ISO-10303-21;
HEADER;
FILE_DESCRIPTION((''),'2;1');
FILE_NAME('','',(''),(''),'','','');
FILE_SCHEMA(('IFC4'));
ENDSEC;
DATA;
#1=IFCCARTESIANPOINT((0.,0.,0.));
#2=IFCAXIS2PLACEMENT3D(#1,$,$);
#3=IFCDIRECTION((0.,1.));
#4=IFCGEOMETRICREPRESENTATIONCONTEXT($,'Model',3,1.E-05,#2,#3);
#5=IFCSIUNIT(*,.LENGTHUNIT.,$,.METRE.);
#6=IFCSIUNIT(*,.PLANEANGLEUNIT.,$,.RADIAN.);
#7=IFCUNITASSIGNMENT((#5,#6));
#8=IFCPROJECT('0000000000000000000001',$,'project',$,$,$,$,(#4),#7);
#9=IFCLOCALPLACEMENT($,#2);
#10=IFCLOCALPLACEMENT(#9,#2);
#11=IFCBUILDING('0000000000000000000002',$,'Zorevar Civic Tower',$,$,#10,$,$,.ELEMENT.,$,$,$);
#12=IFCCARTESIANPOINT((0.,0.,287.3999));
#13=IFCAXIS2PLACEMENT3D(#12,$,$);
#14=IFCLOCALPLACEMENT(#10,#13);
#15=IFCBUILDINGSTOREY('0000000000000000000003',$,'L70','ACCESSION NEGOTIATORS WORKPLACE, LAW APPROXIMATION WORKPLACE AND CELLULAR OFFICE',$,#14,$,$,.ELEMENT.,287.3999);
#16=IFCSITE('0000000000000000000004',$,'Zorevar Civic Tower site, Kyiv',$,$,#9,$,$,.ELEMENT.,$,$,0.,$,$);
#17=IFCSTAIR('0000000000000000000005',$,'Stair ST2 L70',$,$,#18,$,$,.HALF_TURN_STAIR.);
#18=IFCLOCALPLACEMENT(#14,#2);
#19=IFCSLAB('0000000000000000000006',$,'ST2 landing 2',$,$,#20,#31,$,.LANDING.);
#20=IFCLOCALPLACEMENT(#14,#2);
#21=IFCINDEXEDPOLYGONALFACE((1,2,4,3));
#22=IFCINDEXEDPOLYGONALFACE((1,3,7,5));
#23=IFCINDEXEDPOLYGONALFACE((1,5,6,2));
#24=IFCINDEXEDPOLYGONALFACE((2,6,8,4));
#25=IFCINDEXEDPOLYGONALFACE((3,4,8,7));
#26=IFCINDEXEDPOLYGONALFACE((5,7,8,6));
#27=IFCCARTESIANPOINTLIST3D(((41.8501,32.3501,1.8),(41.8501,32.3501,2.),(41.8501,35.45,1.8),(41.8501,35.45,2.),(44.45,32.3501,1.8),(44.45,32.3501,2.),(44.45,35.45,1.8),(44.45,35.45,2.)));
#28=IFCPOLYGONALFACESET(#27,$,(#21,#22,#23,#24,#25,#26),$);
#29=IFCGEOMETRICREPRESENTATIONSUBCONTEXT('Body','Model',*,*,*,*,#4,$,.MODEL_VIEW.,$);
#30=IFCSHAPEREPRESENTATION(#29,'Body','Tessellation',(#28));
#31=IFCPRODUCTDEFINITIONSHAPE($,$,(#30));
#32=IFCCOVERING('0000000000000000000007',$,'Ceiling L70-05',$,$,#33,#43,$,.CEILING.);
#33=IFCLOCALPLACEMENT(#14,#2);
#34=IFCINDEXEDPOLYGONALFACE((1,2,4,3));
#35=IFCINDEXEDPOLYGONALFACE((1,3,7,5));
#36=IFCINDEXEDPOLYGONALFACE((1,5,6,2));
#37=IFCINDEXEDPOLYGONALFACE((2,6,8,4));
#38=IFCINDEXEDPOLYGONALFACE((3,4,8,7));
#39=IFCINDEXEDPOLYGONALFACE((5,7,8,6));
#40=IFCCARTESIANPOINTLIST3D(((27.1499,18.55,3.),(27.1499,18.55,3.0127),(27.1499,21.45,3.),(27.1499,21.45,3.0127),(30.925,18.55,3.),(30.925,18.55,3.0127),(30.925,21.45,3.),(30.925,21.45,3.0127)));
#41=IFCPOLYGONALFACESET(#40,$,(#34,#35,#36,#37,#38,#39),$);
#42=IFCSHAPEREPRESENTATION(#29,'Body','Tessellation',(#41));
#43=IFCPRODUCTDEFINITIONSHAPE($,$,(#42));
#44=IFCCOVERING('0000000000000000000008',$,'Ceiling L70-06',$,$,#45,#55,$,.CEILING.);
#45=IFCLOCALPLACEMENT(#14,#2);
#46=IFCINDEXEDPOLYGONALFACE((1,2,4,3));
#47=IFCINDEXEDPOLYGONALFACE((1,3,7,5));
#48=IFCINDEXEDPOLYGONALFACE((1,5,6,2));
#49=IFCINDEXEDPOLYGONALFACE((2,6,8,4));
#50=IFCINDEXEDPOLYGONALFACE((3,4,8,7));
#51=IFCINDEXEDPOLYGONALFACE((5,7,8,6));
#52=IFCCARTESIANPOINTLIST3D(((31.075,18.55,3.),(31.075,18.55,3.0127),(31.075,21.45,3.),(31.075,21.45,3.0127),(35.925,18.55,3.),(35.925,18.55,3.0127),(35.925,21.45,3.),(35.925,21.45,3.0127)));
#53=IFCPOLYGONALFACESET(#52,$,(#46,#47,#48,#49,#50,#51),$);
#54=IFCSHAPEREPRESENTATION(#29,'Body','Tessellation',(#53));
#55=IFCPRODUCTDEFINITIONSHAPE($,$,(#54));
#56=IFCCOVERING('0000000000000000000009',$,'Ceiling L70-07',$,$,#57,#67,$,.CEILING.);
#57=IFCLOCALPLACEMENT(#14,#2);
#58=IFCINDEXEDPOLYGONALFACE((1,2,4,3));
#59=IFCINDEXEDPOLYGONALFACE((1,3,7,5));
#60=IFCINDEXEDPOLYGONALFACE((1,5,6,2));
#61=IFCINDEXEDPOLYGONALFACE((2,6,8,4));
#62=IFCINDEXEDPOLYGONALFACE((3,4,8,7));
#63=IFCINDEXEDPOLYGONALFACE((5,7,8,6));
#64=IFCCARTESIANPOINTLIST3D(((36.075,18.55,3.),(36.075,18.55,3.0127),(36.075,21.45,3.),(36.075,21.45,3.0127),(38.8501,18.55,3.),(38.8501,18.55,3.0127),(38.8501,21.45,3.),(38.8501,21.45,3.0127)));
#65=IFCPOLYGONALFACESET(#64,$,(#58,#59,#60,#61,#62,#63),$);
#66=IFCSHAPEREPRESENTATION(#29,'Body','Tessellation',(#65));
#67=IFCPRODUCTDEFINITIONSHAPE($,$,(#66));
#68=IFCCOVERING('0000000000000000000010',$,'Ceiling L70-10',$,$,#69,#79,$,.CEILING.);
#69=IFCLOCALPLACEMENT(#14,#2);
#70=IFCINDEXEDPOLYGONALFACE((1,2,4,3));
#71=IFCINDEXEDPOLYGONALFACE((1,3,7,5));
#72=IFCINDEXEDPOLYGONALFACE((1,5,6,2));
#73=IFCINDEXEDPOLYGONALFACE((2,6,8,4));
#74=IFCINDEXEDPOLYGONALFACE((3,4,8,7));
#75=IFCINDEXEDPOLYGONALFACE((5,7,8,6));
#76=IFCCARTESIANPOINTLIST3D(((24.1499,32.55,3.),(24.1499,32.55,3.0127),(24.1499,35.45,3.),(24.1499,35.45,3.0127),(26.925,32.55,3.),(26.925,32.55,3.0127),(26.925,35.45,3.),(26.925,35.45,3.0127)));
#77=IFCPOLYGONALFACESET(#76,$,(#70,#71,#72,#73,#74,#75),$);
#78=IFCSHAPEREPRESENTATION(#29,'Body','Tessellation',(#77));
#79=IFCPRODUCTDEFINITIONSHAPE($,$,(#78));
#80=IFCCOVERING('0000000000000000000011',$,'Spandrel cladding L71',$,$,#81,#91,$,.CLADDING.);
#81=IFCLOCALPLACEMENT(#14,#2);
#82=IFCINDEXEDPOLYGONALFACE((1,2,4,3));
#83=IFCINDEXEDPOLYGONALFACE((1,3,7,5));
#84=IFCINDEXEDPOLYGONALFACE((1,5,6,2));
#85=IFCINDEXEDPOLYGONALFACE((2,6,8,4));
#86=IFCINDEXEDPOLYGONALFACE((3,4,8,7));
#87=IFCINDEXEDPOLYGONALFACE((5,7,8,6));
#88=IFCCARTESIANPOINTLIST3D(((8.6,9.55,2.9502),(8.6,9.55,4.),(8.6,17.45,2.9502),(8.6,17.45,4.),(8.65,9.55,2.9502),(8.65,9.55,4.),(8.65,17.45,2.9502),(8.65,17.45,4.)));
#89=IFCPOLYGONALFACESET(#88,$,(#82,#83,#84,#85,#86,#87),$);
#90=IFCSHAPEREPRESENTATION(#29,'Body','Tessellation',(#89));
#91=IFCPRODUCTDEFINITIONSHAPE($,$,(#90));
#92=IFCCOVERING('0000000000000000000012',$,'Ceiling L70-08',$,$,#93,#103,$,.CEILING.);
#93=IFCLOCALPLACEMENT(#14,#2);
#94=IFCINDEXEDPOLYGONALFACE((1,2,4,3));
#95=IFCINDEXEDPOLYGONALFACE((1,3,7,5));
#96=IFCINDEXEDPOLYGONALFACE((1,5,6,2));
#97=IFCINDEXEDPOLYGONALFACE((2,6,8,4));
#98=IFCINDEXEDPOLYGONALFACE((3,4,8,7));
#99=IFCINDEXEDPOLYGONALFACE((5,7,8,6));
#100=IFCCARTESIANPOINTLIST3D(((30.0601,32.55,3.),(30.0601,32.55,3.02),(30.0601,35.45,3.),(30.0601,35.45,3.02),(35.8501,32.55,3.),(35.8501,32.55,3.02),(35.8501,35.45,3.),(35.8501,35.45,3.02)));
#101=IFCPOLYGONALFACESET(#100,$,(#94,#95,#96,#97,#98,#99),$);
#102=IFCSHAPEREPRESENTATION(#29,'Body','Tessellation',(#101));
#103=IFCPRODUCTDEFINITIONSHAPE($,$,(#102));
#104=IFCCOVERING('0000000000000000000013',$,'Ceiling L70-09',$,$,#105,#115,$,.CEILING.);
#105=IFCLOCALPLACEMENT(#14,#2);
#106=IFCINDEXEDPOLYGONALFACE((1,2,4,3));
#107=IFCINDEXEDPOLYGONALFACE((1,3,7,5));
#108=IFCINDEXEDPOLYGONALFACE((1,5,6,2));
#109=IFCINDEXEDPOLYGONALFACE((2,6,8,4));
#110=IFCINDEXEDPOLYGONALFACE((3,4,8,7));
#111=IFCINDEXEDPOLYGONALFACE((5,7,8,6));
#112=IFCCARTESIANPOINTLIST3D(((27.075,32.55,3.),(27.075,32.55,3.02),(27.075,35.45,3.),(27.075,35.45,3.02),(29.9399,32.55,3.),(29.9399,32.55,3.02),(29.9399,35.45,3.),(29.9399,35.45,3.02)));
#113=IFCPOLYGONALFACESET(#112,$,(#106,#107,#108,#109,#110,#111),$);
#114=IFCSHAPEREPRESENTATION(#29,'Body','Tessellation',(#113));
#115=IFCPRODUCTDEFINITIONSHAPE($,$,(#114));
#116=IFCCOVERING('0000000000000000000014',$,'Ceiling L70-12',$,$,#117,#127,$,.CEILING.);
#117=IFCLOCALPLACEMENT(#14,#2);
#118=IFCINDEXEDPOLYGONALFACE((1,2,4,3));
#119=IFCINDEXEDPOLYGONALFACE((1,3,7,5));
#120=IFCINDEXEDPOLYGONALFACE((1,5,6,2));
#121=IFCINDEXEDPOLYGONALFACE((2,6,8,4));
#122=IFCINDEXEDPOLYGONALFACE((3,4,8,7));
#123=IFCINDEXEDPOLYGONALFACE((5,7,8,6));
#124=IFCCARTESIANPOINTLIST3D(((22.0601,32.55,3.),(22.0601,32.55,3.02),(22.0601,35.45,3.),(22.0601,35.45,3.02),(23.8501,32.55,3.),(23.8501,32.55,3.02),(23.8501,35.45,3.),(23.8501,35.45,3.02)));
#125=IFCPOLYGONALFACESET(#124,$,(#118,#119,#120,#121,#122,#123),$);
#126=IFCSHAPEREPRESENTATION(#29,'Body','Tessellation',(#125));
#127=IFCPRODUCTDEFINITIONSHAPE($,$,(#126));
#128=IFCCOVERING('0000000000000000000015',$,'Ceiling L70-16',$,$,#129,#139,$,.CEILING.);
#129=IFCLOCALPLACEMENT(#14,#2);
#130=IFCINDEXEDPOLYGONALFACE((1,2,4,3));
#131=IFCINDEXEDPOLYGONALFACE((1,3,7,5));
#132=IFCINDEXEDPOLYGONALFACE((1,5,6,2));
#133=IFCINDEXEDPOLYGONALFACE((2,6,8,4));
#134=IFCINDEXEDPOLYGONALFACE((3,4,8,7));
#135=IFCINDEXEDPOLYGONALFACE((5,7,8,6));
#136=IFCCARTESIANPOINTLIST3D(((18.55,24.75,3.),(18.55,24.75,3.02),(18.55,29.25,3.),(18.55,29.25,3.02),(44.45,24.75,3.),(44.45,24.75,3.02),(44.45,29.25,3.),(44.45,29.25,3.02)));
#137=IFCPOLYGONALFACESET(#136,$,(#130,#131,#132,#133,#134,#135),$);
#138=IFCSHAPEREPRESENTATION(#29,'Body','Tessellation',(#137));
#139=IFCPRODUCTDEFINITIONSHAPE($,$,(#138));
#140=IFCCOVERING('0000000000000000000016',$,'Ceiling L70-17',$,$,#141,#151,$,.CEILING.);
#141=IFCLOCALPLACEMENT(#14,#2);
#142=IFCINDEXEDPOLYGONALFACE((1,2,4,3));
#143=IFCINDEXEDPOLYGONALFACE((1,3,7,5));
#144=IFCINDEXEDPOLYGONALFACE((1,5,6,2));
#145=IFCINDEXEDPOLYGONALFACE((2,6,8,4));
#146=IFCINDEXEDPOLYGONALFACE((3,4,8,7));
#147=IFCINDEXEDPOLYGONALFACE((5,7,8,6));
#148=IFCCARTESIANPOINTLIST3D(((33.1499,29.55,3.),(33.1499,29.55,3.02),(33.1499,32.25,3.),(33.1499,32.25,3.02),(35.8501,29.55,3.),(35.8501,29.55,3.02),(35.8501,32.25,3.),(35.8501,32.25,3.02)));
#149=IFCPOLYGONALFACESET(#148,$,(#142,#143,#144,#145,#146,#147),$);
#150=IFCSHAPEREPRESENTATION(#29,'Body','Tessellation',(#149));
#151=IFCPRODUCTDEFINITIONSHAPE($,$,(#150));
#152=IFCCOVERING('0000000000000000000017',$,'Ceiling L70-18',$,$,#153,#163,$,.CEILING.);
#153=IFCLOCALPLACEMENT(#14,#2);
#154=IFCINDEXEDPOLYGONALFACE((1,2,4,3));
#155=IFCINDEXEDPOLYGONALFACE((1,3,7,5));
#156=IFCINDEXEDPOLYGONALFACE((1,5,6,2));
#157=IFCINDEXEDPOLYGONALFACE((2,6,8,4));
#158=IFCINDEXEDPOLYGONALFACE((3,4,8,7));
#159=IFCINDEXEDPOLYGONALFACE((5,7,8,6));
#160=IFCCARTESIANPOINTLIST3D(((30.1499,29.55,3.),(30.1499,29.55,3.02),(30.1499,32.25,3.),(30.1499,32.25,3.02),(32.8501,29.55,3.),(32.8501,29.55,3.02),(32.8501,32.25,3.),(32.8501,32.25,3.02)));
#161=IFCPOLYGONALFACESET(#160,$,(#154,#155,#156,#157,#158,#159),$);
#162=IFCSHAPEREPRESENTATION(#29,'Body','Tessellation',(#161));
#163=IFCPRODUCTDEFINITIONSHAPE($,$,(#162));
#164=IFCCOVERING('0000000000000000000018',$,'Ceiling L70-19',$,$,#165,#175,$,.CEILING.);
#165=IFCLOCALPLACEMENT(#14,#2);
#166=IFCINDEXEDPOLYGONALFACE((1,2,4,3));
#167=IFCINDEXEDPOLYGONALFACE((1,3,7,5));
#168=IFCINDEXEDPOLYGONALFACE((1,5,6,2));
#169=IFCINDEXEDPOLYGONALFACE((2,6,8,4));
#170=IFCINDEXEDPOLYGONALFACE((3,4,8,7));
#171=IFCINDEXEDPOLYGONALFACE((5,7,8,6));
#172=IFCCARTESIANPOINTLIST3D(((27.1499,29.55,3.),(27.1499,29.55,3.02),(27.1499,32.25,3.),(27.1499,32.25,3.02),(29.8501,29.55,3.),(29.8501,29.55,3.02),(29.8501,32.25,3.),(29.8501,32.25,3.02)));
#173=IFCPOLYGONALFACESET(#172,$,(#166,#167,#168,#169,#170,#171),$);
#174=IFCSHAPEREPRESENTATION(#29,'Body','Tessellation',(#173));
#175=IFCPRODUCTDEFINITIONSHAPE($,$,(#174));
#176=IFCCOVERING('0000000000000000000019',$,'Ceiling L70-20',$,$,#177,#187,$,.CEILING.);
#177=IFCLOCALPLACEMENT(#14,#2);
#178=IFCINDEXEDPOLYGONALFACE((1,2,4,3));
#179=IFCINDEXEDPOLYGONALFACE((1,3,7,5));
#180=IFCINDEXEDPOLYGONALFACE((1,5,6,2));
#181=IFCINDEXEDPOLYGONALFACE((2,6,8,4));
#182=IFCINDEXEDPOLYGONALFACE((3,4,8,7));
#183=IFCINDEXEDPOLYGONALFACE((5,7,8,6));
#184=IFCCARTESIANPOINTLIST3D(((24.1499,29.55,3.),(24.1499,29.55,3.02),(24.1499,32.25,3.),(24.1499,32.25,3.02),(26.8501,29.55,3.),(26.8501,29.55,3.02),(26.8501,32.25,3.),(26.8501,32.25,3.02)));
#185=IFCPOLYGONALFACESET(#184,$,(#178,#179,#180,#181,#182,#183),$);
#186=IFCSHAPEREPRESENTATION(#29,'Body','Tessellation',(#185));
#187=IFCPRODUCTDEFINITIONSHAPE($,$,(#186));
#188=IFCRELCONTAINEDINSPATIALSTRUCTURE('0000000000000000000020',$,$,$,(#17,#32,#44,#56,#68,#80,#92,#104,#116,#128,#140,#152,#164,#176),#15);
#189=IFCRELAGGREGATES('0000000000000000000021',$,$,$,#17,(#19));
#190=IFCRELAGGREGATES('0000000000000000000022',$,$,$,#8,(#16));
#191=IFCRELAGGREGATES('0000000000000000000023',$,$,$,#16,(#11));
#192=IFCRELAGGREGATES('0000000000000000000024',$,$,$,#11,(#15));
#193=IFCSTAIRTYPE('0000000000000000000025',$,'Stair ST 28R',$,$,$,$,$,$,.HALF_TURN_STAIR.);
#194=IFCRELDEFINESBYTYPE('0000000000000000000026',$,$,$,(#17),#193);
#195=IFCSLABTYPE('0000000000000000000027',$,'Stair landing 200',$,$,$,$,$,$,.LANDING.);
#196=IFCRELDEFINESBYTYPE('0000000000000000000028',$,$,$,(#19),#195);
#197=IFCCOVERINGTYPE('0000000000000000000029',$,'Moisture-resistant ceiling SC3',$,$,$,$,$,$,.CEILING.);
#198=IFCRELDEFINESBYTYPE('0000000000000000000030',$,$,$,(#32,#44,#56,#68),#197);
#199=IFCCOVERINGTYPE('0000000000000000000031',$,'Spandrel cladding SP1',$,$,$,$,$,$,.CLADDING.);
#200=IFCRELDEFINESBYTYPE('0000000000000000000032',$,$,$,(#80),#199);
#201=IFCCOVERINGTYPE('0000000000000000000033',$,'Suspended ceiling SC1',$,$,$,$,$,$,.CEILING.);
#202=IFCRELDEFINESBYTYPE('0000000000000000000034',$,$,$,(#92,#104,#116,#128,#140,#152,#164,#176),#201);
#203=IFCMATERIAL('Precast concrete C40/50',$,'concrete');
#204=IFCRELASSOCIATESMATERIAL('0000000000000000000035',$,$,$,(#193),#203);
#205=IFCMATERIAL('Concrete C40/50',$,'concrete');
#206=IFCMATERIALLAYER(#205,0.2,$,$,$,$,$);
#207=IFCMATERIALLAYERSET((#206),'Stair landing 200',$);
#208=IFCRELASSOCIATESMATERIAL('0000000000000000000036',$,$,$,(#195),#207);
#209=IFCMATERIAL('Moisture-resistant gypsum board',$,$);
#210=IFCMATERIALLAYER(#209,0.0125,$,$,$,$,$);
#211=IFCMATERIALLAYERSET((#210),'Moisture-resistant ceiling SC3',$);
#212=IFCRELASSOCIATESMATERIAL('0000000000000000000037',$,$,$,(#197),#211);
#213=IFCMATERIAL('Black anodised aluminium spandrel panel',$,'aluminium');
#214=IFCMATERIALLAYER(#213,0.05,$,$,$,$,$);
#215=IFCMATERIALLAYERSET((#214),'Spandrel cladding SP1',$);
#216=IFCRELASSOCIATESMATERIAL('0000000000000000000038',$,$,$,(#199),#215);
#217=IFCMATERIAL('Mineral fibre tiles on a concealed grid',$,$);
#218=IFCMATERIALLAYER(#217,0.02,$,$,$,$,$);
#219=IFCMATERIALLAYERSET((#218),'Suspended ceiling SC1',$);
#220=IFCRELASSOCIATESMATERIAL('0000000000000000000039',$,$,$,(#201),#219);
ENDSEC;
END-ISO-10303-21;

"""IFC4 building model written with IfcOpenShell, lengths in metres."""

from ifc_helpers import new_model, si_unit, direction, frame, frame_2d, origin, place, context, subcontext, project, spatial, polyline, rectangle, outline, extrude, material, layer, layer_set, type_object, element, aggregate, save


model = new_model("IFC4")

# Units and contexts
model_context = context("Model", 3, precision=1e-05, world=origin(), true_north=direction((0.0, 1.0)))
body_context = subcontext(model_context, "Body", "Model", "MODEL_VIEW")
ifc_project = project(units=[si_unit("LENGTHUNIT", "METRE"), si_unit("PLANEANGLEUNIT", "RADIAN")], contexts=[model_context])

# Site, building, storey
site_placement = place(None, origin())
site = spatial("IfcSite", under=ifc_project, at=site_placement, Name="Zorevar Civic Tower site, Kyiv", CompositionType="ELEMENT", RefElevation=0.0)
building_placement = place(site_placement, origin())
building = spatial("IfcBuilding", under=site, at=building_placement, Name="Zorevar Civic Tower", CompositionType="ELEMENT")
storey_placement = place(building_placement, frame((0.0, 0.0, 287.3999)))
storey = spatial("IfcBuildingStorey", under=building, at=storey_placement, Name="L70", Description="ACCESSION NEGOTIATORS WORKPLACE, LAW APPROXIMATION WORKPLACE AND CELLULAR OFFICE", CompositionType="ELEMENT", Elevation=287.3999)

# Stair, slab
ifc_material_1 = material(Name="Precast concrete C40/50", Category="concrete")
stair_type = type_object("IfcStairType", Name="Stair ST 28R", PredefinedType="HALF_TURN_STAIR", material=ifc_material_1)
ifc_material_2 = material(Name="Concrete C40/50", Category="concrete")
ifc_layer_1 = layer(ifc_material_2, 0.2)
ifc_layer_set_1 = layer_set([ifc_layer_1], Name="Stair landing 200")
slab_type_1 = type_object("IfcSlabType", Name="Stair landing 200", PredefinedType="LANDING", material=ifc_layer_set_1)
stair_1_placement = place(storey_placement, origin())
stair_1 = element("IfcStair", 1, at=stair_1_placement, inside=storey, type_object=stair_type, Name="Stair ST2 L70", PredefinedType="HALF_TURN_STAIR")
slab_1_placement = place(storey_placement, frame((0.0, 0.0, 1.8)))
slab_1 = element("IfcSlab", 2, at=slab_1_placement, type_object=slab_type_1, Name="ST2 landing 2", PredefinedType="LANDING", context=body_context, shape_type="SweptSolid", body=[
    extrude(outline(polyline([(44.45, 32.3501), (41.8501, 32.3501), (41.8501, 35.45), (44.45, 35.45), (44.45, 32.3501)])), origin(), (0.0, 0.0, 1.0), 0.2),
])
aggregate(stair_1, [slab_1])

# Coverings
ifc_material_3 = material(Name="Moisture-resistant gypsum board")
ifc_layer_2 = layer(ifc_material_3, 0.0125)
ifc_layer_set_2 = layer_set([ifc_layer_2], Name="Moisture-resistant ceiling SC3")
covering_type_1 = type_object("IfcCoveringType", Name="Moisture-resistant ceiling SC3", PredefinedType="CEILING", material=ifc_layer_set_2)
covering_1_placement = place(storey_placement, frame((0.0, 0.0, 3.0)))
element("IfcCovering", 3, at=covering_1_placement, inside=storey, type_object=covering_type_1, Name="Ceiling L70-05", PredefinedType="CEILING", context=body_context, shape_type="SweptSolid", body=[
    extrude(outline(polyline([(30.925, 18.55), (30.925, 21.45), (27.1499, 21.45), (27.1499, 18.55), (30.925, 18.55)])), origin(), (0.0, 0.0, 1.0), 0.0127),
])
covering_2_placement = place(storey_placement, frame((0.0, 0.0, 3.0)))
element("IfcCovering", 4, at=covering_2_placement, inside=storey, type_object=covering_type_1, Name="Ceiling L70-06", PredefinedType="CEILING", context=body_context, shape_type="SweptSolid", body=[
    extrude(outline(polyline([(35.925, 18.55), (35.925, 21.45), (31.075, 21.45), (31.075, 18.55), (35.925, 18.55)])), origin(), (0.0, 0.0, 1.0), 0.0127),
])
covering_3_placement = place(storey_placement, frame((0.0, 0.0, 3.0)))
element("IfcCovering", 5, at=covering_3_placement, inside=storey, type_object=covering_type_1, Name="Ceiling L70-07", PredefinedType="CEILING", context=body_context, shape_type="SweptSolid", body=[
    extrude(outline(polyline([(38.8501, 18.55), (38.8501, 21.45), (36.075, 21.45), (36.075, 18.55), (38.8501, 18.55)])), origin(), (0.0, 0.0, 1.0), 0.0127),
])
covering_4_placement = place(storey_placement, frame((0.0, 0.0, 3.0)))
element("IfcCovering", 6, at=covering_4_placement, inside=storey, type_object=covering_type_1, Name="Ceiling L70-10", PredefinedType="CEILING", context=body_context, shape_type="SweptSolid", body=[
    extrude(outline(polyline([(26.925, 32.55), (26.925, 35.45), (24.1499, 35.45), (24.1499, 32.55), (26.925, 32.55)])), origin(), (0.0, 0.0, 1.0), 0.0127),
])
ifc_material_4 = material(Name="Black anodised aluminium spandrel panel", Category="aluminium")
ifc_layer_3 = layer(ifc_material_4, 0.05)
ifc_layer_set_3 = layer_set([ifc_layer_3], Name="Spandrel cladding SP1")
covering_type_2 = type_object("IfcCoveringType", Name="Spandrel cladding SP1", PredefinedType="CLADDING", material=ifc_layer_set_3)
covering_5_placement = place(storey_placement, frame((8.625, 9.55, 2.9502), z_axis=(0.0, 0.0, 1.0), x_axis=(0.0, 1.0, 0.0)))
element("IfcCovering", 7, at=covering_5_placement, inside=storey, type_object=covering_type_2, Name="Spandrel cladding L71", PredefinedType="CLADDING", context=body_context, shape_type="SweptSolid", body=[
    extrude(rectangle(XDim=7.8999, YDim=0.05, at=frame_2d((3.95, 0.0))), origin(), (0.0, 0.0, 1.0), 1.0498),
])
ifc_material_5 = material(Name="Mineral fibre tiles on a concealed grid")
ifc_layer_4 = layer(ifc_material_5, 0.02)
ifc_layer_set_4 = layer_set([ifc_layer_4], Name="Suspended ceiling SC1")
covering_type_3 = type_object("IfcCoveringType", Name="Suspended ceiling SC1", PredefinedType="CEILING", material=ifc_layer_set_4)
covering_6_placement = place(storey_placement, frame((0.0, 0.0, 3.0)))
element("IfcCovering", 8, at=covering_6_placement, inside=storey, type_object=covering_type_3, Name="Ceiling L70-08", PredefinedType="CEILING", context=body_context, shape_type="SweptSolid", body=[
    extrude(outline(polyline([(35.8501, 32.55), (35.8501, 35.45), (30.0601, 35.45), (30.0601, 32.55), (35.8501, 32.55)])), origin(), (0.0, 0.0, 1.0), 0.02),
])
covering_7_placement = place(storey_placement, frame((0.0, 0.0, 3.0)))
element("IfcCovering", 9, at=covering_7_placement, inside=storey, type_object=covering_type_3, Name="Ceiling L70-09", PredefinedType="CEILING", context=body_context, shape_type="SweptSolid", body=[
    extrude(outline(polyline([(29.9399, 32.55), (29.9399, 35.45), (27.075, 35.45), (27.075, 32.55), (29.9399, 32.55)])), origin(), (0.0, 0.0, 1.0), 0.02),
])
covering_8_placement = place(storey_placement, frame((0.0, 0.0, 3.0)))
element("IfcCovering", 10, at=covering_8_placement, inside=storey, type_object=covering_type_3, Name="Ceiling L70-12", PredefinedType="CEILING", context=body_context, shape_type="SweptSolid", body=[
    extrude(outline(polyline([(23.8501, 32.55), (23.8501, 35.45), (22.0601, 35.45), (22.0601, 32.55), (23.8501, 32.55)])), origin(), (0.0, 0.0, 1.0), 0.02),
])
covering_9_placement = place(storey_placement, frame((0.0, 0.0, 3.0)))
element("IfcCovering", 11, at=covering_9_placement, inside=storey, type_object=covering_type_3, Name="Ceiling L70-16", PredefinedType="CEILING", context=body_context, shape_type="SweptSolid", body=[
    extrude(outline(polyline([(44.45, 24.75), (44.45, 29.25), (18.55, 29.25), (18.55, 24.75), (44.45, 24.75)])), origin(), (0.0, 0.0, 1.0), 0.02),
])
covering_10_placement = place(storey_placement, frame((0.0, 0.0, 3.0)))
element("IfcCovering", 12, at=covering_10_placement, inside=storey, type_object=covering_type_3, Name="Ceiling L70-17", PredefinedType="CEILING", context=body_context, shape_type="SweptSolid", body=[
    extrude(outline(polyline([(35.8501, 29.55), (35.8501, 32.25), (33.1499, 32.25), (33.1499, 29.55), (35.8501, 29.55)])), origin(), (0.0, 0.0, 1.0), 0.02),
])
covering_11_placement = place(storey_placement, frame((0.0, 0.0, 3.0)))
element("IfcCovering", 13, at=covering_11_placement, inside=storey, type_object=covering_type_3, Name="Ceiling L70-18", PredefinedType="CEILING", context=body_context, shape_type="SweptSolid", body=[
    extrude(outline(polyline([(32.8501, 29.55), (32.8501, 32.25), (30.1499, 32.25), (30.1499, 29.55), (32.8501, 29.55)])), origin(), (0.0, 0.0, 1.0), 0.02),
])
covering_12_placement = place(storey_placement, frame((0.0, 0.0, 3.0)))
element("IfcCovering", 14, at=covering_12_placement, inside=storey, type_object=covering_type_3, Name="Ceiling L70-19", PredefinedType="CEILING", context=body_context, shape_type="SweptSolid", body=[
    extrude(outline(polyline([(29.8501, 29.55), (29.8501, 32.25), (27.1499, 32.25), (27.1499, 29.55), (29.8501, 29.55)])), origin(), (0.0, 0.0, 1.0), 0.02),
])
covering_13_placement = place(storey_placement, frame((0.0, 0.0, 3.0)))
element("IfcCovering", 15, at=covering_13_placement, inside=storey, type_object=covering_type_3, Name="Ceiling L70-20", PredefinedType="CEILING", context=body_context, shape_type="SweptSolid", body=[
    extrude(outline(polyline([(26.8501, 29.55), (26.8501, 32.25), (24.1499, 32.25), (24.1499, 29.55), (26.8501, 29.55)])), origin(), (0.0, 0.0, 1.0), 0.02),
])

save(model, "model.ifc")
